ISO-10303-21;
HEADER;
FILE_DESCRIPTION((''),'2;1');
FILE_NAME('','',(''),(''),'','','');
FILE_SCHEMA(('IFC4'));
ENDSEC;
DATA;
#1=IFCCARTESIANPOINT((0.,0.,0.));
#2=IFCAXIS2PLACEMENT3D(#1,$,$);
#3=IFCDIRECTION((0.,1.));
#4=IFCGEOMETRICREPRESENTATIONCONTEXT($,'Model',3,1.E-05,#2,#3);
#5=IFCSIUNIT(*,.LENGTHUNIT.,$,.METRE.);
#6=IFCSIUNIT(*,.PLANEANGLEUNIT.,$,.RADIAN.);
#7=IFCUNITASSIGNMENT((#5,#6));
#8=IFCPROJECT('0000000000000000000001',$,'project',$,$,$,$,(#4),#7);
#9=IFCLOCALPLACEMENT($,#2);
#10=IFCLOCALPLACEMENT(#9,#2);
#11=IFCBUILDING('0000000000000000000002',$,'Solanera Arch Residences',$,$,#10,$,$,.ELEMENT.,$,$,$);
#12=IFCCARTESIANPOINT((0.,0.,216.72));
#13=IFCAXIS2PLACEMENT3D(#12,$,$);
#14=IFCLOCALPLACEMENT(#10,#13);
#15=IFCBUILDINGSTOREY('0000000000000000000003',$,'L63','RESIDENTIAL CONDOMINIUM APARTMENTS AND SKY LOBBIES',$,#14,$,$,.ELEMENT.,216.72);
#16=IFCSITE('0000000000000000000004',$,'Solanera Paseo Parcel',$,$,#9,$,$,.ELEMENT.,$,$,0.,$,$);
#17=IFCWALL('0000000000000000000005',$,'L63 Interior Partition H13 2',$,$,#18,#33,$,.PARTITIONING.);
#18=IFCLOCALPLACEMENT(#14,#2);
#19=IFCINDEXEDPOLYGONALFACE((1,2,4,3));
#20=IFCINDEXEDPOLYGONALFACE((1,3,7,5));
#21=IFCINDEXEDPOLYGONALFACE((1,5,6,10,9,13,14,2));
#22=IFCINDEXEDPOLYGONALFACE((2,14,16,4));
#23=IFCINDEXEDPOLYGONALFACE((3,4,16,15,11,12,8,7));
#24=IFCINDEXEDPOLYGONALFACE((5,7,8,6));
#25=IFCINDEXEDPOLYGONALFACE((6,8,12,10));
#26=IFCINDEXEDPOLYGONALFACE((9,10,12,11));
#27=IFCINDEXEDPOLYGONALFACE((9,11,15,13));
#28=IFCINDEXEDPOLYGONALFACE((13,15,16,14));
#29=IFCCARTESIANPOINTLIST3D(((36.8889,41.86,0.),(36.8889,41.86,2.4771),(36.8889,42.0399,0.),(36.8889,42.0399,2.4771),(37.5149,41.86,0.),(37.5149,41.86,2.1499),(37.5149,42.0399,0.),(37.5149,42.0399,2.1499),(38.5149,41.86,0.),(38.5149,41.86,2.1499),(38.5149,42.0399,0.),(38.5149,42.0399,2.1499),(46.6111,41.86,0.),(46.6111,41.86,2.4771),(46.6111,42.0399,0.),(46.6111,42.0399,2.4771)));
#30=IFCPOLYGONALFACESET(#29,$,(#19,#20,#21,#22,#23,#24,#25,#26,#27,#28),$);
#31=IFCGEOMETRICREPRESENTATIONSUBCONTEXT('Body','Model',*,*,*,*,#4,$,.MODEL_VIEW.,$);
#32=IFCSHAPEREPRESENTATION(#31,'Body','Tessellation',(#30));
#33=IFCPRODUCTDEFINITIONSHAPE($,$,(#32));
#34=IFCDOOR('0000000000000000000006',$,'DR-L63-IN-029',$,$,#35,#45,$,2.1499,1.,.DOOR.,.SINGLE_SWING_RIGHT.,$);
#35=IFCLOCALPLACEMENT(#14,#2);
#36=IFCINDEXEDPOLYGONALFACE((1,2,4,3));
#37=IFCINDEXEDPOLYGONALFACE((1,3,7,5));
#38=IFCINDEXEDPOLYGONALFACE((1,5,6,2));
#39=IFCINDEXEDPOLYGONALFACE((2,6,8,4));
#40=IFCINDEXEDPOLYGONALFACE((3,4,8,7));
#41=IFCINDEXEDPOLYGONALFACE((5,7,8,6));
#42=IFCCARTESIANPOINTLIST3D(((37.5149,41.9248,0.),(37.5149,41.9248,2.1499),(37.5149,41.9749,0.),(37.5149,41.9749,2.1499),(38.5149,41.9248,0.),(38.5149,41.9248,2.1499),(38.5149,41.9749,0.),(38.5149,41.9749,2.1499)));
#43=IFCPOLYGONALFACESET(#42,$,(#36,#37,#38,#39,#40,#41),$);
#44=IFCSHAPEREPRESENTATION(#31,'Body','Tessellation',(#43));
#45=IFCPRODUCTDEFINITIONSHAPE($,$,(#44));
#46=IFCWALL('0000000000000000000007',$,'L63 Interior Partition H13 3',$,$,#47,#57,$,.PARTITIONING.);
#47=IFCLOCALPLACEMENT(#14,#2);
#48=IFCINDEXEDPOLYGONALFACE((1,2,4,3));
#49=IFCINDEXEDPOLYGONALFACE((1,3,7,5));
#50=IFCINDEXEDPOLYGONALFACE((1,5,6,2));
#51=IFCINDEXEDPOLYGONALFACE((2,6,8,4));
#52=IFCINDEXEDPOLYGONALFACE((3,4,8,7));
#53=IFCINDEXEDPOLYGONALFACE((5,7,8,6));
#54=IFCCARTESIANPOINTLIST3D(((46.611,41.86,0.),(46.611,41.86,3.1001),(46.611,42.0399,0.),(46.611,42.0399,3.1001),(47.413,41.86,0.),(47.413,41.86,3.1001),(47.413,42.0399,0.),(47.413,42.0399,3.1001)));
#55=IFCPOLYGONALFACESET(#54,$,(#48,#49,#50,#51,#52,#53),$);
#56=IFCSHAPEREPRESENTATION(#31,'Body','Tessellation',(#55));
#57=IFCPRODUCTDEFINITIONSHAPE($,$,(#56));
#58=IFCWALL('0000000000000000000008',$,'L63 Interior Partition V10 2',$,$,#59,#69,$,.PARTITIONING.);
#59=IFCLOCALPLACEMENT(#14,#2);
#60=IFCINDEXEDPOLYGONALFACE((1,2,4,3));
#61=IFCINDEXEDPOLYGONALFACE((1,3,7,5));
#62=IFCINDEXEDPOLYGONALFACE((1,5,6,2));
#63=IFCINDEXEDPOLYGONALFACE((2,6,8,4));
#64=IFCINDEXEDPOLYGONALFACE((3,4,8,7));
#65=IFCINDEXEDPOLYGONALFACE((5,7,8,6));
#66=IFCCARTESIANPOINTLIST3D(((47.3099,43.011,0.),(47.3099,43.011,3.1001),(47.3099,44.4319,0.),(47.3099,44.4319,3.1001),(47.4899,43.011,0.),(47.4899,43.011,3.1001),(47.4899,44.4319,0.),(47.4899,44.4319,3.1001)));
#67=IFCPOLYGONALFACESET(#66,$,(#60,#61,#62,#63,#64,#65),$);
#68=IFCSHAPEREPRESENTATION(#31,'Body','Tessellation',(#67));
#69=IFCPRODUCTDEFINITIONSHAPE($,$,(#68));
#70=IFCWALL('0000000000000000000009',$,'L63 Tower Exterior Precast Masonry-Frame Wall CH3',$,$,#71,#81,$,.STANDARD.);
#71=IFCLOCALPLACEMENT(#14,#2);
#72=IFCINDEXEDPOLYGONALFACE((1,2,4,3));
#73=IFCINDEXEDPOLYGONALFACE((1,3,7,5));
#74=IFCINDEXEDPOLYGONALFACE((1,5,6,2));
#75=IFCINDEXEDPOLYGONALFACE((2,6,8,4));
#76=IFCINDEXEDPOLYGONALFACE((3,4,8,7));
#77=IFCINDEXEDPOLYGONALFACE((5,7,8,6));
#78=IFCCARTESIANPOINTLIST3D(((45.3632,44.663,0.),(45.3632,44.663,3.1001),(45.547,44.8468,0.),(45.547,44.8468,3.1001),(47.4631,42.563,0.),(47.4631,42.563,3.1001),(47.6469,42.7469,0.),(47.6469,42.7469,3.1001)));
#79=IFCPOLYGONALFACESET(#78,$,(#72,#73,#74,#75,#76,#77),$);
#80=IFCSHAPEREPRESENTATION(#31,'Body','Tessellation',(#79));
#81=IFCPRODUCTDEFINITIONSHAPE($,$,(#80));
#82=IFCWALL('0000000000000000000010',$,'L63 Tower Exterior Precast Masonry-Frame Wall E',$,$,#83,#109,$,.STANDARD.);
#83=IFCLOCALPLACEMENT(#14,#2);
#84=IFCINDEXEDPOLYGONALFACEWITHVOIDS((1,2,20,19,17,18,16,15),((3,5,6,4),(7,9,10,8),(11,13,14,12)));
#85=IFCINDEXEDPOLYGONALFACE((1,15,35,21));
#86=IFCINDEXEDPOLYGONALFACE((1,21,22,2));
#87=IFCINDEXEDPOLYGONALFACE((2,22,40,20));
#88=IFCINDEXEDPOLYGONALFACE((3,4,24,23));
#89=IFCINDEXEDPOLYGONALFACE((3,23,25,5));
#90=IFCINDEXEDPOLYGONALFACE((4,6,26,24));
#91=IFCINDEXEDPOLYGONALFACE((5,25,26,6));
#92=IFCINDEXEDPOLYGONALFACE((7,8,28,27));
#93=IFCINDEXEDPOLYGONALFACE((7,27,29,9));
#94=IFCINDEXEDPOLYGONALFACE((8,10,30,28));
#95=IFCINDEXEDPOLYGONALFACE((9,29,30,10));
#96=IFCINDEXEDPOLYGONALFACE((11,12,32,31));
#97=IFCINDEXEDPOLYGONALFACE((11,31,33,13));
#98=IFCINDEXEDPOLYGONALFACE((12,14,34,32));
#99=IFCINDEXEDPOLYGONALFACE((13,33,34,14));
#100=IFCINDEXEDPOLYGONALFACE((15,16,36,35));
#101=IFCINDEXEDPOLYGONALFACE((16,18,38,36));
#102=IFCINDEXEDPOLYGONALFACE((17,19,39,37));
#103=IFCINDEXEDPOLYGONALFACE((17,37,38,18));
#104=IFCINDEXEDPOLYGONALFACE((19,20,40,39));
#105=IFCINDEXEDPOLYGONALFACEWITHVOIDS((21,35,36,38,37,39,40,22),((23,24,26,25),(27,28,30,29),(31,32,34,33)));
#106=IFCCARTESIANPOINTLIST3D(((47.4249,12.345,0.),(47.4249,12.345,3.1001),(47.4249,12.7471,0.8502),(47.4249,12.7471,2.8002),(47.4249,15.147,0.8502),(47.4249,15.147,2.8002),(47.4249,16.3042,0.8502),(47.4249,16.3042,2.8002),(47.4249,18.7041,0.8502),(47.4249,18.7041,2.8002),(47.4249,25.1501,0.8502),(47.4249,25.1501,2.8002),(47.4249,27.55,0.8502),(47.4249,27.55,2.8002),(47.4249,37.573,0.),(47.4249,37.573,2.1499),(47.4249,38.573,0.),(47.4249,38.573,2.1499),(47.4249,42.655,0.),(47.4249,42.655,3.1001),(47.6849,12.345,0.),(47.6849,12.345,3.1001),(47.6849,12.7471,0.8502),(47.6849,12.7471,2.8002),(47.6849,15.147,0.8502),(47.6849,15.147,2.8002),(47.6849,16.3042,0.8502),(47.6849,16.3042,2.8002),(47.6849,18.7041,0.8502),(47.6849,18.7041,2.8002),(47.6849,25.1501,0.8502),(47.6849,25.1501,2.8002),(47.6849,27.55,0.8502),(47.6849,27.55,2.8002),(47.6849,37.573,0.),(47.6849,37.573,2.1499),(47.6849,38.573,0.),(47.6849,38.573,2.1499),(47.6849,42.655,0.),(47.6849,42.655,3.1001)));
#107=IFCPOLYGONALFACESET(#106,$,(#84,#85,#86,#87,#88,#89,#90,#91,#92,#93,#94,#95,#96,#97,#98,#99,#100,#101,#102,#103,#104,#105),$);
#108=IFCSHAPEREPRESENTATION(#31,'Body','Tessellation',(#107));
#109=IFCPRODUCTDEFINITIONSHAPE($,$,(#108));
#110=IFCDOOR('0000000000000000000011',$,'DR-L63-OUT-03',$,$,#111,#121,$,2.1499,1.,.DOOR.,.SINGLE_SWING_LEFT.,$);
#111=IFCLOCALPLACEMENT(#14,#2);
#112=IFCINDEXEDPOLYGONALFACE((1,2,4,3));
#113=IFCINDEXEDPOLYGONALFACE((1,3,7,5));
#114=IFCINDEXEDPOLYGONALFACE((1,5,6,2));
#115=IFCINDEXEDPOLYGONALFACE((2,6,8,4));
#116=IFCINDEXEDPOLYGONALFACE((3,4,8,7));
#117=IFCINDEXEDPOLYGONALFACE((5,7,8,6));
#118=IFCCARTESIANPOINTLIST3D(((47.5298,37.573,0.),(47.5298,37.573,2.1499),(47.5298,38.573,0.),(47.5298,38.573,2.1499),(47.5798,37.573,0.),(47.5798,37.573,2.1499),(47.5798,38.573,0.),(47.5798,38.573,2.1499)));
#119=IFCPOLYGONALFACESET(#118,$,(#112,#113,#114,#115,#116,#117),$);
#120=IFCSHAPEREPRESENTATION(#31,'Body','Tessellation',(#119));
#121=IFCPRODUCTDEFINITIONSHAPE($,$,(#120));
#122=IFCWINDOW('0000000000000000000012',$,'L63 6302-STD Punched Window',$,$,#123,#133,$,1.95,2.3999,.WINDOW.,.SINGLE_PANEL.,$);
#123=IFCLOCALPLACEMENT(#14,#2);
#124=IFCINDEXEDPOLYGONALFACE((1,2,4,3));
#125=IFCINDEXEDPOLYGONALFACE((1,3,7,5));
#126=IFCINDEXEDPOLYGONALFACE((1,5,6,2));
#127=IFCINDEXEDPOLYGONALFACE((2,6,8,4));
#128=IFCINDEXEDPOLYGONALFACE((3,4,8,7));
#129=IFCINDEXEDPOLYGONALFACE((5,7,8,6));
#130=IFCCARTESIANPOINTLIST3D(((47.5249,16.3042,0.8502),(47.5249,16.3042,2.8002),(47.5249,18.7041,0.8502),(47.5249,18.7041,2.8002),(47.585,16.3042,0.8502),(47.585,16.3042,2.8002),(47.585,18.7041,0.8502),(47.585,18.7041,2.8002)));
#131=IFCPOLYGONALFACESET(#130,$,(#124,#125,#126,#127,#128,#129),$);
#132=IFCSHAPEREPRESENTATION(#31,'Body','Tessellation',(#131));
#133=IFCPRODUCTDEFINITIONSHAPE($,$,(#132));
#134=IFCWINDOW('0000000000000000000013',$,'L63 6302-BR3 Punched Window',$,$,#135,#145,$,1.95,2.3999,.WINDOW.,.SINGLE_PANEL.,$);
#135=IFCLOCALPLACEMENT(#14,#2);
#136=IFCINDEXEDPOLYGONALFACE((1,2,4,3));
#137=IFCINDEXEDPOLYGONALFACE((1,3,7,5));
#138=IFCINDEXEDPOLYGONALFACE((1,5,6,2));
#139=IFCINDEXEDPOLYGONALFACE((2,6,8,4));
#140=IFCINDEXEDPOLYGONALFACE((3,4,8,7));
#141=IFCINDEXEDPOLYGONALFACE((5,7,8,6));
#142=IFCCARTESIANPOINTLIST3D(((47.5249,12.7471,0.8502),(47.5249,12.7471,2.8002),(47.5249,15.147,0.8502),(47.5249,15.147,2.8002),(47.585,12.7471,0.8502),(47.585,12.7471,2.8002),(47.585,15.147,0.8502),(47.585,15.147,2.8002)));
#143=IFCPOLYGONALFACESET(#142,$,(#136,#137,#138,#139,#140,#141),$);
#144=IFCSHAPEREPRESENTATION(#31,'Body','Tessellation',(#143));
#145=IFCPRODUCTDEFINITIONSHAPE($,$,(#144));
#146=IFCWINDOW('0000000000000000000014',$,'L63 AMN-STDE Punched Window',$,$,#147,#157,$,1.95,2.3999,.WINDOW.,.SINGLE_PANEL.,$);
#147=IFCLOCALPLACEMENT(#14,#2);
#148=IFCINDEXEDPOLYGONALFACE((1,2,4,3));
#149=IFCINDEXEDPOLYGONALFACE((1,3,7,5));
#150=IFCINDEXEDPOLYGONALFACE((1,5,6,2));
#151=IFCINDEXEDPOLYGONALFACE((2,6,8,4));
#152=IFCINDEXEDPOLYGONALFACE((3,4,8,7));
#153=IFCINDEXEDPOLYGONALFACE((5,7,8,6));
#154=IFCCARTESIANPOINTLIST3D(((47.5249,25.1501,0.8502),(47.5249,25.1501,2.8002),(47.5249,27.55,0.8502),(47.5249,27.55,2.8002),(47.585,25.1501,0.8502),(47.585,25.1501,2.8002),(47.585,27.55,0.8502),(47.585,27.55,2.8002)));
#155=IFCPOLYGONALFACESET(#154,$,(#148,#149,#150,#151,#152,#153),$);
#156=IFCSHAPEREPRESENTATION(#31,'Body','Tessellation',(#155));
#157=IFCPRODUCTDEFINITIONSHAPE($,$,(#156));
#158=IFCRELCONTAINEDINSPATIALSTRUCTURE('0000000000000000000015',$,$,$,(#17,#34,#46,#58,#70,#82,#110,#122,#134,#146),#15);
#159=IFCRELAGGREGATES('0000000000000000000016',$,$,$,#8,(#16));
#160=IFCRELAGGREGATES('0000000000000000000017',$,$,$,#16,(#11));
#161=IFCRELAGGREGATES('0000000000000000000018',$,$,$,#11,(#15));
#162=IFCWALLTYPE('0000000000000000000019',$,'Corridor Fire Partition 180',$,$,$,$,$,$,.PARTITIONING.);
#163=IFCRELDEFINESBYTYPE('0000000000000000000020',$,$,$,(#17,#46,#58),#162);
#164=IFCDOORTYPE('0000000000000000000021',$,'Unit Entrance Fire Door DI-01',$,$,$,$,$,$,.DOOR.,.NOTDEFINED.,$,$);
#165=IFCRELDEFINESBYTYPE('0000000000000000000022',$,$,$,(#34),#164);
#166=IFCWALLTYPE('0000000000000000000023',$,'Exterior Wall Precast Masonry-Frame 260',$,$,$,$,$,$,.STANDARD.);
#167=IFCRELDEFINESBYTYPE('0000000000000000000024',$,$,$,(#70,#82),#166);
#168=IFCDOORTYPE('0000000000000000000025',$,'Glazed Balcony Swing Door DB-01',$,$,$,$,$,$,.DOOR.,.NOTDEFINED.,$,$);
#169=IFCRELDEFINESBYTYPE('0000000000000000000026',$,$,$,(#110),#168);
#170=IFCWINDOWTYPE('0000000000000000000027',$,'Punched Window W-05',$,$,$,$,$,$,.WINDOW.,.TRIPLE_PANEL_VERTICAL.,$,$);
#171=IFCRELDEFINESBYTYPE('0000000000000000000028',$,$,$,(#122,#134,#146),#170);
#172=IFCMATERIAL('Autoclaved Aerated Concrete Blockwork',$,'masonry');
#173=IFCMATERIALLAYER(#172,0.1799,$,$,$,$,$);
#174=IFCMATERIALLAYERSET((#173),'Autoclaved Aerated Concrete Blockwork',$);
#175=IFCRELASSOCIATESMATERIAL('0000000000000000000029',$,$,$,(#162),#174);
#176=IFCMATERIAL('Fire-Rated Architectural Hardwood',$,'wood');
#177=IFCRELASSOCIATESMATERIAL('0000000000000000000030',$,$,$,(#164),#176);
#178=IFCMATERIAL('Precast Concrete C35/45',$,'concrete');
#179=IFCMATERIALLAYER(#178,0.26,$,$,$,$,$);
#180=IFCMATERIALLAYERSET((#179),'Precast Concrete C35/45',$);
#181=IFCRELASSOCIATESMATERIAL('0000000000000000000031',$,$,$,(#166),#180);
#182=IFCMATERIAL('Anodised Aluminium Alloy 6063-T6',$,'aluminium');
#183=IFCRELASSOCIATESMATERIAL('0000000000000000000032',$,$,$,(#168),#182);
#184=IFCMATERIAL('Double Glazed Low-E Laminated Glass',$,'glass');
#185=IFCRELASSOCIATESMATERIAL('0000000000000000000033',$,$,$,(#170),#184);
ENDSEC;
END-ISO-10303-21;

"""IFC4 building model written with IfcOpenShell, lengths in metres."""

from ifc_helpers import new_model, si_unit, direction, frame, frame_2d, origin, place, context, subcontext, project, spatial, rectangle, extrude, material, layer, layer_set, type_object, element, fill, save


model = new_model("IFC4")

# Units and contexts
model_context = context("Model", 3, precision=1e-05, world=origin(), true_north=direction((0.0, 1.0)))
body_context = subcontext(model_context, "Body", "Model", "MODEL_VIEW")
ifc_project = project(units=[si_unit("LENGTHUNIT", "METRE"), si_unit("PLANEANGLEUNIT", "RADIAN")], contexts=[model_context])

# Site, building, storey
site_placement = place(None, origin())
site = spatial("IfcSite", under=ifc_project, at=site_placement, Name="Solanera Paseo Parcel", CompositionType="ELEMENT", RefElevation=0.0)
building_placement = place(site_placement, origin())
building = spatial("IfcBuilding", under=site, at=building_placement, Name="Solanera Arch Residences", CompositionType="ELEMENT")
storey_placement = place(building_placement, frame((0.0, 0.0, 216.72)))
storey = spatial("IfcBuildingStorey", under=building, at=storey_placement, Name="L63", Description="RESIDENTIAL CONDOMINIUM APARTMENTS AND SKY LOBBIES", CompositionType="ELEMENT", Elevation=216.72)

# Shared definitions
ifc_material_1 = material(Name="Autoclaved Aerated Concrete Blockwork", Category="masonry")
ifc_layer_1 = layer(ifc_material_1, 0.1799)
ifc_layer_set_1 = layer_set([ifc_layer_1], Name="Autoclaved Aerated Concrete Blockwork")
wall_type_1 = type_object("IfcWallType", Name="Corridor Fire Partition 180", PredefinedType="PARTITIONING", material=ifc_layer_set_1)
ifc_material_2 = material(Name="Fire-Rated Architectural Hardwood", Category="wood")
door_type_1 = type_object("IfcDoorType", Name="Unit Entrance Fire Door DI-01", OperationType="NOTDEFINED", PredefinedType="DOOR", material=ifc_material_2)

# Wall, opening, door
wall_1_placement = place(storey_placement, frame((36.8889, 41.95, 0.0), z_axis=(0.0, 0.0, 1.0), x_axis=(1.0, 0.0, 0.0)))
wall_1 = element("IfcWall", 1, at=wall_1_placement, inside=storey, type_object=wall_type_1, Name="L63 Interior Partition H13 2", PredefinedType="PARTITIONING", context=body_context, shape_type="SweptSolid", body=[
    extrude(rectangle(XDim=9.7222, YDim=0.1799, at=frame_2d((4.8611, 0.0))), origin(), (0.0, 0.0, 1.0), 2.4771),
])
opening_1_placement = place(wall_1_placement, frame((0.626, 0.0, 0.0)))
opening_1 = element("IfcOpeningElement", 2, at=opening_1_placement, cuts=wall_1, PredefinedType="OPENING", context=body_context, shape_type="SweptSolid", body=[
    extrude(rectangle(XDim=1.0, YDim=2.1499, at=frame_2d((0.5, 1.075))), frame((0.0, 0.1001, 0.0), z_axis=(0.0, -1.0, 0.0), x_axis=(1.0, 0.0, 0.0)), (0.0, 0.0, 1.0), 0.1999),
])
door_1_placement = place(opening_1_placement, origin())
door_1 = element("IfcDoor", 3, at=door_1_placement, inside=storey, type_object=door_type_1, Name="DR-L63-IN-029", OperationType="SINGLE_SWING_RIGHT", OverallHeight=2.1499, OverallWidth=1.0, PredefinedType="DOOR", context=body_context, shape_type="SweptSolid", body=[
    extrude(rectangle(XDim=1.0, YDim=2.1499, at=frame_2d((0.5, 1.075))), frame((0.0, 0.0249, 0.0), z_axis=(0.0, -1.0, 0.0), x_axis=(1.0, 0.0, 0.0)), (0.0, 0.0, 1.0), 0.05),
])
fill(opening_1, door_1)

# Walls
wall_2_placement = place(storey_placement, frame((46.6111, 41.95, 0.0), z_axis=(0.0, 0.0, 1.0), x_axis=(1.0, 0.0, 0.0)))
element("IfcWall", 4, at=wall_2_placement, inside=storey, type_object=wall_type_1, Name="L63 Interior Partition H13 3", PredefinedType="PARTITIONING", context=body_context, shape_type="SweptSolid", body=[
    extrude(rectangle(XDim=0.802, YDim=0.1799, at=frame_2d((0.4009, 0.0))), origin(), (0.0, 0.0, 1.0), 3.1001),
])
wall_3_placement = place(storey_placement, frame((47.3999, 43.011, 0.0), z_axis=(0.0, 0.0, 1.0), x_axis=(0.0, 1.0, 0.0)))
element("IfcWall", 5, at=wall_3_placement, inside=storey, type_object=wall_type_1, Name="L63 Interior Partition V10 2", PredefinedType="PARTITIONING", context=body_context, shape_type="SweptSolid", body=[
    extrude(rectangle(XDim=1.4209, YDim=0.1799, at=frame_2d((0.7104, 0.0))), origin(), (0.0, 0.0, 1.0), 3.1001),
])
ifc_material_3 = material(Name="Precast Concrete C35/45", Category="concrete")
ifc_layer_2 = layer(ifc_material_3, 0.26)
ifc_layer_set_2 = layer_set([ifc_layer_2], Name="Precast Concrete C35/45")
wall_type_2 = type_object("IfcWallType", Name="Exterior Wall Precast Masonry-Frame 260", PredefinedType="STANDARD", material=ifc_layer_set_2)
wall_4_placement = place(storey_placement, frame((45.4551, 44.7549, 0.0), z_axis=(0.0, 0.0, 1.0), x_axis=(0.707107, -0.707107, 0.0)))
element("IfcWall", 6, at=wall_4_placement, inside=storey, type_object=wall_type_2, Name="L63 Tower Exterior Precast Masonry-Frame Wall CH3", PredefinedType="STANDARD", context=body_context, shape_type="SweptSolid", body=[
    extrude(rectangle(XDim=2.9697, YDim=0.26, at=frame_2d((1.4849, 0.0))), origin(), (0.0, 0.0, 1.0), 3.1001),
])

# Wall, openings, door, windows
wall_5_placement = place(storey_placement, frame((47.5549, 42.655, 0.0), z_axis=(0.0, 0.0, 1.0), x_axis=(0.0, -1.0, 0.0)))
wall_5 = element("IfcWall", 7, at=wall_5_placement, inside=storey, type_object=wall_type_2, Name="L63 Tower Exterior Precast Masonry-Frame Wall E", PredefinedType="STANDARD", context=body_context, shape_type="SweptSolid", body=[
    extrude(rectangle(XDim=30.3101, YDim=0.26, at=frame_2d((15.155, 0.0))), origin(), (0.0, 0.0, 1.0), 3.1001),
])
opening_2_placement = place(wall_5_placement, frame((4.082, 0.0, 0.0)))
opening_2 = element("IfcOpeningElement", 8, at=opening_2_placement, cuts=wall_5, PredefinedType="OPENING", context=body_context, shape_type="SweptSolid", body=[
    extrude(rectangle(XDim=1.0, YDim=2.1499, at=frame_2d((0.5, 1.075))), frame((0.0, 0.1399, 0.0), z_axis=(0.0, -1.0, 0.0), x_axis=(1.0, 0.0, 0.0)), (0.0, 0.0, 1.0), 0.28),
])
opening_3_placement = place(wall_5_placement, frame((23.9509, 0.0, 0.8501)))
opening_3 = element("IfcOpeningElement", 9, at=opening_3_placement, cuts=wall_5, PredefinedType="OPENING", context=body_context, shape_type="SweptSolid", body=[
    extrude(rectangle(XDim=2.3999, YDim=1.95, at=frame_2d((1.2, 0.9751))), frame((0.0, 0.1399, 0.0), z_axis=(0.0, -1.0, 0.0), x_axis=(1.0, 0.0, 0.0)), (0.0, 0.0, 1.0), 0.28),
])
opening_4_placement = place(wall_5_placement, frame((27.5081, 0.0, 0.8501)))
opening_4 = element("IfcOpeningElement", 10, at=opening_4_placement, cuts=wall_5, PredefinedType="OPENING", context=body_context, shape_type="SweptSolid", body=[
    extrude(rectangle(XDim=2.3999, YDim=1.95, at=frame_2d((1.2, 0.9751))), frame((0.0, 0.1399, 0.0), z_axis=(0.0, -1.0, 0.0), x_axis=(1.0, 0.0, 0.0)), (0.0, 0.0, 1.0), 0.28),
])
opening_5_placement = place(wall_5_placement, frame((15.105, 0.0, 0.8501)))
opening_5 = element("IfcOpeningElement", 11, at=opening_5_placement, cuts=wall_5, PredefinedType="OPENING", context=body_context, shape_type="SweptSolid", body=[
    extrude(rectangle(XDim=2.3999, YDim=1.95, at=frame_2d((1.2, 0.9751))), frame((0.0, 0.1399, 0.0), z_axis=(0.0, -1.0, 0.0), x_axis=(1.0, 0.0, 0.0)), (0.0, 0.0, 1.0), 0.28),
])
ifc_material_4 = material(Name="Anodised Aluminium Alloy 6063-T6", Category="aluminium")
door_type_2 = type_object("IfcDoorType", Name="Glazed Balcony Swing Door DB-01", OperationType="NOTDEFINED", PredefinedType="DOOR", material=ifc_material_4)
door_2_placement = place(opening_2_placement, origin())
door_2 = element("IfcDoor", 12, at=door_2_placement, inside=storey, type_object=door_type_2, Name="DR-L63-OUT-03", OperationType="SINGLE_SWING_LEFT", OverallHeight=2.1499, OverallWidth=1.0, PredefinedType="DOOR", context=body_context, shape_type="SweptSolid", body=[
    extrude(rectangle(XDim=1.0, YDim=2.1499, at=frame_2d((0.5, 1.075))), frame((0.0, 0.0249, 0.0), z_axis=(0.0, -1.0, 0.0), x_axis=(1.0, 0.0, 0.0)), (0.0, 0.0, 1.0), 0.05),
])
fill(opening_2, door_2)
ifc_material_5 = material(Name="Double Glazed Low-E Laminated Glass", Category="glass")
window_type = type_object("IfcWindowType", Name="Punched Window W-05", PartitioningType="TRIPLE_PANEL_VERTICAL", PredefinedType="WINDOW", material=ifc_material_5)
window_1_placement = place(opening_3_placement, origin())
window_1 = element("IfcWindow", 13, at=window_1_placement, inside=storey, type_object=window_type, Name="L63 6302-STD Punched Window", OverallHeight=1.95, OverallWidth=2.3999, PartitioningType="SINGLE_PANEL", PredefinedType="WINDOW", context=body_context, shape_type="SweptSolid", body=[
    extrude(rectangle(XDim=2.3999, YDim=1.95, at=frame_2d((1.2, 0.9751))), frame((0.0, 0.03, 0.0), z_axis=(0.0, -1.0, 0.0), x_axis=(1.0, 0.0, 0.0)), (0.0, 0.0, 1.0), 0.0601),
])
fill(opening_3, window_1)
window_2_placement = place(opening_4_placement, origin())
window_2 = element("IfcWindow", 14, at=window_2_placement, inside=storey, type_object=window_type, Name="L63 6302-BR3 Punched Window", OverallHeight=1.95, OverallWidth=2.3999, PartitioningType="SINGLE_PANEL", PredefinedType="WINDOW", context=body_context, shape_type="SweptSolid", body=[
    extrude(rectangle(XDim=2.3999, YDim=1.95, at=frame_2d((1.2, 0.9751))), frame((0.0, 0.03, 0.0), z_axis=(0.0, -1.0, 0.0), x_axis=(1.0, 0.0, 0.0)), (0.0, 0.0, 1.0), 0.0601),
])
fill(opening_4, window_2)
window_3_placement = place(opening_5_placement, origin())
window_3 = element("IfcWindow", 15, at=window_3_placement, inside=storey, type_object=window_type, Name="L63 AMN-STDE Punched Window", OverallHeight=1.95, OverallWidth=2.3999, PartitioningType="SINGLE_PANEL", PredefinedType="WINDOW", context=body_context, shape_type="SweptSolid", body=[
    extrude(rectangle(XDim=2.3999, YDim=1.95, at=frame_2d((1.2, 0.9751))), frame((0.0, 0.03, 0.0), z_axis=(0.0, -1.0, 0.0), x_axis=(1.0, 0.0, 0.0)), (0.0, 0.0, 1.0), 0.0601),
])
fill(opening_5, window_3)

save(model, "model.ifc")
